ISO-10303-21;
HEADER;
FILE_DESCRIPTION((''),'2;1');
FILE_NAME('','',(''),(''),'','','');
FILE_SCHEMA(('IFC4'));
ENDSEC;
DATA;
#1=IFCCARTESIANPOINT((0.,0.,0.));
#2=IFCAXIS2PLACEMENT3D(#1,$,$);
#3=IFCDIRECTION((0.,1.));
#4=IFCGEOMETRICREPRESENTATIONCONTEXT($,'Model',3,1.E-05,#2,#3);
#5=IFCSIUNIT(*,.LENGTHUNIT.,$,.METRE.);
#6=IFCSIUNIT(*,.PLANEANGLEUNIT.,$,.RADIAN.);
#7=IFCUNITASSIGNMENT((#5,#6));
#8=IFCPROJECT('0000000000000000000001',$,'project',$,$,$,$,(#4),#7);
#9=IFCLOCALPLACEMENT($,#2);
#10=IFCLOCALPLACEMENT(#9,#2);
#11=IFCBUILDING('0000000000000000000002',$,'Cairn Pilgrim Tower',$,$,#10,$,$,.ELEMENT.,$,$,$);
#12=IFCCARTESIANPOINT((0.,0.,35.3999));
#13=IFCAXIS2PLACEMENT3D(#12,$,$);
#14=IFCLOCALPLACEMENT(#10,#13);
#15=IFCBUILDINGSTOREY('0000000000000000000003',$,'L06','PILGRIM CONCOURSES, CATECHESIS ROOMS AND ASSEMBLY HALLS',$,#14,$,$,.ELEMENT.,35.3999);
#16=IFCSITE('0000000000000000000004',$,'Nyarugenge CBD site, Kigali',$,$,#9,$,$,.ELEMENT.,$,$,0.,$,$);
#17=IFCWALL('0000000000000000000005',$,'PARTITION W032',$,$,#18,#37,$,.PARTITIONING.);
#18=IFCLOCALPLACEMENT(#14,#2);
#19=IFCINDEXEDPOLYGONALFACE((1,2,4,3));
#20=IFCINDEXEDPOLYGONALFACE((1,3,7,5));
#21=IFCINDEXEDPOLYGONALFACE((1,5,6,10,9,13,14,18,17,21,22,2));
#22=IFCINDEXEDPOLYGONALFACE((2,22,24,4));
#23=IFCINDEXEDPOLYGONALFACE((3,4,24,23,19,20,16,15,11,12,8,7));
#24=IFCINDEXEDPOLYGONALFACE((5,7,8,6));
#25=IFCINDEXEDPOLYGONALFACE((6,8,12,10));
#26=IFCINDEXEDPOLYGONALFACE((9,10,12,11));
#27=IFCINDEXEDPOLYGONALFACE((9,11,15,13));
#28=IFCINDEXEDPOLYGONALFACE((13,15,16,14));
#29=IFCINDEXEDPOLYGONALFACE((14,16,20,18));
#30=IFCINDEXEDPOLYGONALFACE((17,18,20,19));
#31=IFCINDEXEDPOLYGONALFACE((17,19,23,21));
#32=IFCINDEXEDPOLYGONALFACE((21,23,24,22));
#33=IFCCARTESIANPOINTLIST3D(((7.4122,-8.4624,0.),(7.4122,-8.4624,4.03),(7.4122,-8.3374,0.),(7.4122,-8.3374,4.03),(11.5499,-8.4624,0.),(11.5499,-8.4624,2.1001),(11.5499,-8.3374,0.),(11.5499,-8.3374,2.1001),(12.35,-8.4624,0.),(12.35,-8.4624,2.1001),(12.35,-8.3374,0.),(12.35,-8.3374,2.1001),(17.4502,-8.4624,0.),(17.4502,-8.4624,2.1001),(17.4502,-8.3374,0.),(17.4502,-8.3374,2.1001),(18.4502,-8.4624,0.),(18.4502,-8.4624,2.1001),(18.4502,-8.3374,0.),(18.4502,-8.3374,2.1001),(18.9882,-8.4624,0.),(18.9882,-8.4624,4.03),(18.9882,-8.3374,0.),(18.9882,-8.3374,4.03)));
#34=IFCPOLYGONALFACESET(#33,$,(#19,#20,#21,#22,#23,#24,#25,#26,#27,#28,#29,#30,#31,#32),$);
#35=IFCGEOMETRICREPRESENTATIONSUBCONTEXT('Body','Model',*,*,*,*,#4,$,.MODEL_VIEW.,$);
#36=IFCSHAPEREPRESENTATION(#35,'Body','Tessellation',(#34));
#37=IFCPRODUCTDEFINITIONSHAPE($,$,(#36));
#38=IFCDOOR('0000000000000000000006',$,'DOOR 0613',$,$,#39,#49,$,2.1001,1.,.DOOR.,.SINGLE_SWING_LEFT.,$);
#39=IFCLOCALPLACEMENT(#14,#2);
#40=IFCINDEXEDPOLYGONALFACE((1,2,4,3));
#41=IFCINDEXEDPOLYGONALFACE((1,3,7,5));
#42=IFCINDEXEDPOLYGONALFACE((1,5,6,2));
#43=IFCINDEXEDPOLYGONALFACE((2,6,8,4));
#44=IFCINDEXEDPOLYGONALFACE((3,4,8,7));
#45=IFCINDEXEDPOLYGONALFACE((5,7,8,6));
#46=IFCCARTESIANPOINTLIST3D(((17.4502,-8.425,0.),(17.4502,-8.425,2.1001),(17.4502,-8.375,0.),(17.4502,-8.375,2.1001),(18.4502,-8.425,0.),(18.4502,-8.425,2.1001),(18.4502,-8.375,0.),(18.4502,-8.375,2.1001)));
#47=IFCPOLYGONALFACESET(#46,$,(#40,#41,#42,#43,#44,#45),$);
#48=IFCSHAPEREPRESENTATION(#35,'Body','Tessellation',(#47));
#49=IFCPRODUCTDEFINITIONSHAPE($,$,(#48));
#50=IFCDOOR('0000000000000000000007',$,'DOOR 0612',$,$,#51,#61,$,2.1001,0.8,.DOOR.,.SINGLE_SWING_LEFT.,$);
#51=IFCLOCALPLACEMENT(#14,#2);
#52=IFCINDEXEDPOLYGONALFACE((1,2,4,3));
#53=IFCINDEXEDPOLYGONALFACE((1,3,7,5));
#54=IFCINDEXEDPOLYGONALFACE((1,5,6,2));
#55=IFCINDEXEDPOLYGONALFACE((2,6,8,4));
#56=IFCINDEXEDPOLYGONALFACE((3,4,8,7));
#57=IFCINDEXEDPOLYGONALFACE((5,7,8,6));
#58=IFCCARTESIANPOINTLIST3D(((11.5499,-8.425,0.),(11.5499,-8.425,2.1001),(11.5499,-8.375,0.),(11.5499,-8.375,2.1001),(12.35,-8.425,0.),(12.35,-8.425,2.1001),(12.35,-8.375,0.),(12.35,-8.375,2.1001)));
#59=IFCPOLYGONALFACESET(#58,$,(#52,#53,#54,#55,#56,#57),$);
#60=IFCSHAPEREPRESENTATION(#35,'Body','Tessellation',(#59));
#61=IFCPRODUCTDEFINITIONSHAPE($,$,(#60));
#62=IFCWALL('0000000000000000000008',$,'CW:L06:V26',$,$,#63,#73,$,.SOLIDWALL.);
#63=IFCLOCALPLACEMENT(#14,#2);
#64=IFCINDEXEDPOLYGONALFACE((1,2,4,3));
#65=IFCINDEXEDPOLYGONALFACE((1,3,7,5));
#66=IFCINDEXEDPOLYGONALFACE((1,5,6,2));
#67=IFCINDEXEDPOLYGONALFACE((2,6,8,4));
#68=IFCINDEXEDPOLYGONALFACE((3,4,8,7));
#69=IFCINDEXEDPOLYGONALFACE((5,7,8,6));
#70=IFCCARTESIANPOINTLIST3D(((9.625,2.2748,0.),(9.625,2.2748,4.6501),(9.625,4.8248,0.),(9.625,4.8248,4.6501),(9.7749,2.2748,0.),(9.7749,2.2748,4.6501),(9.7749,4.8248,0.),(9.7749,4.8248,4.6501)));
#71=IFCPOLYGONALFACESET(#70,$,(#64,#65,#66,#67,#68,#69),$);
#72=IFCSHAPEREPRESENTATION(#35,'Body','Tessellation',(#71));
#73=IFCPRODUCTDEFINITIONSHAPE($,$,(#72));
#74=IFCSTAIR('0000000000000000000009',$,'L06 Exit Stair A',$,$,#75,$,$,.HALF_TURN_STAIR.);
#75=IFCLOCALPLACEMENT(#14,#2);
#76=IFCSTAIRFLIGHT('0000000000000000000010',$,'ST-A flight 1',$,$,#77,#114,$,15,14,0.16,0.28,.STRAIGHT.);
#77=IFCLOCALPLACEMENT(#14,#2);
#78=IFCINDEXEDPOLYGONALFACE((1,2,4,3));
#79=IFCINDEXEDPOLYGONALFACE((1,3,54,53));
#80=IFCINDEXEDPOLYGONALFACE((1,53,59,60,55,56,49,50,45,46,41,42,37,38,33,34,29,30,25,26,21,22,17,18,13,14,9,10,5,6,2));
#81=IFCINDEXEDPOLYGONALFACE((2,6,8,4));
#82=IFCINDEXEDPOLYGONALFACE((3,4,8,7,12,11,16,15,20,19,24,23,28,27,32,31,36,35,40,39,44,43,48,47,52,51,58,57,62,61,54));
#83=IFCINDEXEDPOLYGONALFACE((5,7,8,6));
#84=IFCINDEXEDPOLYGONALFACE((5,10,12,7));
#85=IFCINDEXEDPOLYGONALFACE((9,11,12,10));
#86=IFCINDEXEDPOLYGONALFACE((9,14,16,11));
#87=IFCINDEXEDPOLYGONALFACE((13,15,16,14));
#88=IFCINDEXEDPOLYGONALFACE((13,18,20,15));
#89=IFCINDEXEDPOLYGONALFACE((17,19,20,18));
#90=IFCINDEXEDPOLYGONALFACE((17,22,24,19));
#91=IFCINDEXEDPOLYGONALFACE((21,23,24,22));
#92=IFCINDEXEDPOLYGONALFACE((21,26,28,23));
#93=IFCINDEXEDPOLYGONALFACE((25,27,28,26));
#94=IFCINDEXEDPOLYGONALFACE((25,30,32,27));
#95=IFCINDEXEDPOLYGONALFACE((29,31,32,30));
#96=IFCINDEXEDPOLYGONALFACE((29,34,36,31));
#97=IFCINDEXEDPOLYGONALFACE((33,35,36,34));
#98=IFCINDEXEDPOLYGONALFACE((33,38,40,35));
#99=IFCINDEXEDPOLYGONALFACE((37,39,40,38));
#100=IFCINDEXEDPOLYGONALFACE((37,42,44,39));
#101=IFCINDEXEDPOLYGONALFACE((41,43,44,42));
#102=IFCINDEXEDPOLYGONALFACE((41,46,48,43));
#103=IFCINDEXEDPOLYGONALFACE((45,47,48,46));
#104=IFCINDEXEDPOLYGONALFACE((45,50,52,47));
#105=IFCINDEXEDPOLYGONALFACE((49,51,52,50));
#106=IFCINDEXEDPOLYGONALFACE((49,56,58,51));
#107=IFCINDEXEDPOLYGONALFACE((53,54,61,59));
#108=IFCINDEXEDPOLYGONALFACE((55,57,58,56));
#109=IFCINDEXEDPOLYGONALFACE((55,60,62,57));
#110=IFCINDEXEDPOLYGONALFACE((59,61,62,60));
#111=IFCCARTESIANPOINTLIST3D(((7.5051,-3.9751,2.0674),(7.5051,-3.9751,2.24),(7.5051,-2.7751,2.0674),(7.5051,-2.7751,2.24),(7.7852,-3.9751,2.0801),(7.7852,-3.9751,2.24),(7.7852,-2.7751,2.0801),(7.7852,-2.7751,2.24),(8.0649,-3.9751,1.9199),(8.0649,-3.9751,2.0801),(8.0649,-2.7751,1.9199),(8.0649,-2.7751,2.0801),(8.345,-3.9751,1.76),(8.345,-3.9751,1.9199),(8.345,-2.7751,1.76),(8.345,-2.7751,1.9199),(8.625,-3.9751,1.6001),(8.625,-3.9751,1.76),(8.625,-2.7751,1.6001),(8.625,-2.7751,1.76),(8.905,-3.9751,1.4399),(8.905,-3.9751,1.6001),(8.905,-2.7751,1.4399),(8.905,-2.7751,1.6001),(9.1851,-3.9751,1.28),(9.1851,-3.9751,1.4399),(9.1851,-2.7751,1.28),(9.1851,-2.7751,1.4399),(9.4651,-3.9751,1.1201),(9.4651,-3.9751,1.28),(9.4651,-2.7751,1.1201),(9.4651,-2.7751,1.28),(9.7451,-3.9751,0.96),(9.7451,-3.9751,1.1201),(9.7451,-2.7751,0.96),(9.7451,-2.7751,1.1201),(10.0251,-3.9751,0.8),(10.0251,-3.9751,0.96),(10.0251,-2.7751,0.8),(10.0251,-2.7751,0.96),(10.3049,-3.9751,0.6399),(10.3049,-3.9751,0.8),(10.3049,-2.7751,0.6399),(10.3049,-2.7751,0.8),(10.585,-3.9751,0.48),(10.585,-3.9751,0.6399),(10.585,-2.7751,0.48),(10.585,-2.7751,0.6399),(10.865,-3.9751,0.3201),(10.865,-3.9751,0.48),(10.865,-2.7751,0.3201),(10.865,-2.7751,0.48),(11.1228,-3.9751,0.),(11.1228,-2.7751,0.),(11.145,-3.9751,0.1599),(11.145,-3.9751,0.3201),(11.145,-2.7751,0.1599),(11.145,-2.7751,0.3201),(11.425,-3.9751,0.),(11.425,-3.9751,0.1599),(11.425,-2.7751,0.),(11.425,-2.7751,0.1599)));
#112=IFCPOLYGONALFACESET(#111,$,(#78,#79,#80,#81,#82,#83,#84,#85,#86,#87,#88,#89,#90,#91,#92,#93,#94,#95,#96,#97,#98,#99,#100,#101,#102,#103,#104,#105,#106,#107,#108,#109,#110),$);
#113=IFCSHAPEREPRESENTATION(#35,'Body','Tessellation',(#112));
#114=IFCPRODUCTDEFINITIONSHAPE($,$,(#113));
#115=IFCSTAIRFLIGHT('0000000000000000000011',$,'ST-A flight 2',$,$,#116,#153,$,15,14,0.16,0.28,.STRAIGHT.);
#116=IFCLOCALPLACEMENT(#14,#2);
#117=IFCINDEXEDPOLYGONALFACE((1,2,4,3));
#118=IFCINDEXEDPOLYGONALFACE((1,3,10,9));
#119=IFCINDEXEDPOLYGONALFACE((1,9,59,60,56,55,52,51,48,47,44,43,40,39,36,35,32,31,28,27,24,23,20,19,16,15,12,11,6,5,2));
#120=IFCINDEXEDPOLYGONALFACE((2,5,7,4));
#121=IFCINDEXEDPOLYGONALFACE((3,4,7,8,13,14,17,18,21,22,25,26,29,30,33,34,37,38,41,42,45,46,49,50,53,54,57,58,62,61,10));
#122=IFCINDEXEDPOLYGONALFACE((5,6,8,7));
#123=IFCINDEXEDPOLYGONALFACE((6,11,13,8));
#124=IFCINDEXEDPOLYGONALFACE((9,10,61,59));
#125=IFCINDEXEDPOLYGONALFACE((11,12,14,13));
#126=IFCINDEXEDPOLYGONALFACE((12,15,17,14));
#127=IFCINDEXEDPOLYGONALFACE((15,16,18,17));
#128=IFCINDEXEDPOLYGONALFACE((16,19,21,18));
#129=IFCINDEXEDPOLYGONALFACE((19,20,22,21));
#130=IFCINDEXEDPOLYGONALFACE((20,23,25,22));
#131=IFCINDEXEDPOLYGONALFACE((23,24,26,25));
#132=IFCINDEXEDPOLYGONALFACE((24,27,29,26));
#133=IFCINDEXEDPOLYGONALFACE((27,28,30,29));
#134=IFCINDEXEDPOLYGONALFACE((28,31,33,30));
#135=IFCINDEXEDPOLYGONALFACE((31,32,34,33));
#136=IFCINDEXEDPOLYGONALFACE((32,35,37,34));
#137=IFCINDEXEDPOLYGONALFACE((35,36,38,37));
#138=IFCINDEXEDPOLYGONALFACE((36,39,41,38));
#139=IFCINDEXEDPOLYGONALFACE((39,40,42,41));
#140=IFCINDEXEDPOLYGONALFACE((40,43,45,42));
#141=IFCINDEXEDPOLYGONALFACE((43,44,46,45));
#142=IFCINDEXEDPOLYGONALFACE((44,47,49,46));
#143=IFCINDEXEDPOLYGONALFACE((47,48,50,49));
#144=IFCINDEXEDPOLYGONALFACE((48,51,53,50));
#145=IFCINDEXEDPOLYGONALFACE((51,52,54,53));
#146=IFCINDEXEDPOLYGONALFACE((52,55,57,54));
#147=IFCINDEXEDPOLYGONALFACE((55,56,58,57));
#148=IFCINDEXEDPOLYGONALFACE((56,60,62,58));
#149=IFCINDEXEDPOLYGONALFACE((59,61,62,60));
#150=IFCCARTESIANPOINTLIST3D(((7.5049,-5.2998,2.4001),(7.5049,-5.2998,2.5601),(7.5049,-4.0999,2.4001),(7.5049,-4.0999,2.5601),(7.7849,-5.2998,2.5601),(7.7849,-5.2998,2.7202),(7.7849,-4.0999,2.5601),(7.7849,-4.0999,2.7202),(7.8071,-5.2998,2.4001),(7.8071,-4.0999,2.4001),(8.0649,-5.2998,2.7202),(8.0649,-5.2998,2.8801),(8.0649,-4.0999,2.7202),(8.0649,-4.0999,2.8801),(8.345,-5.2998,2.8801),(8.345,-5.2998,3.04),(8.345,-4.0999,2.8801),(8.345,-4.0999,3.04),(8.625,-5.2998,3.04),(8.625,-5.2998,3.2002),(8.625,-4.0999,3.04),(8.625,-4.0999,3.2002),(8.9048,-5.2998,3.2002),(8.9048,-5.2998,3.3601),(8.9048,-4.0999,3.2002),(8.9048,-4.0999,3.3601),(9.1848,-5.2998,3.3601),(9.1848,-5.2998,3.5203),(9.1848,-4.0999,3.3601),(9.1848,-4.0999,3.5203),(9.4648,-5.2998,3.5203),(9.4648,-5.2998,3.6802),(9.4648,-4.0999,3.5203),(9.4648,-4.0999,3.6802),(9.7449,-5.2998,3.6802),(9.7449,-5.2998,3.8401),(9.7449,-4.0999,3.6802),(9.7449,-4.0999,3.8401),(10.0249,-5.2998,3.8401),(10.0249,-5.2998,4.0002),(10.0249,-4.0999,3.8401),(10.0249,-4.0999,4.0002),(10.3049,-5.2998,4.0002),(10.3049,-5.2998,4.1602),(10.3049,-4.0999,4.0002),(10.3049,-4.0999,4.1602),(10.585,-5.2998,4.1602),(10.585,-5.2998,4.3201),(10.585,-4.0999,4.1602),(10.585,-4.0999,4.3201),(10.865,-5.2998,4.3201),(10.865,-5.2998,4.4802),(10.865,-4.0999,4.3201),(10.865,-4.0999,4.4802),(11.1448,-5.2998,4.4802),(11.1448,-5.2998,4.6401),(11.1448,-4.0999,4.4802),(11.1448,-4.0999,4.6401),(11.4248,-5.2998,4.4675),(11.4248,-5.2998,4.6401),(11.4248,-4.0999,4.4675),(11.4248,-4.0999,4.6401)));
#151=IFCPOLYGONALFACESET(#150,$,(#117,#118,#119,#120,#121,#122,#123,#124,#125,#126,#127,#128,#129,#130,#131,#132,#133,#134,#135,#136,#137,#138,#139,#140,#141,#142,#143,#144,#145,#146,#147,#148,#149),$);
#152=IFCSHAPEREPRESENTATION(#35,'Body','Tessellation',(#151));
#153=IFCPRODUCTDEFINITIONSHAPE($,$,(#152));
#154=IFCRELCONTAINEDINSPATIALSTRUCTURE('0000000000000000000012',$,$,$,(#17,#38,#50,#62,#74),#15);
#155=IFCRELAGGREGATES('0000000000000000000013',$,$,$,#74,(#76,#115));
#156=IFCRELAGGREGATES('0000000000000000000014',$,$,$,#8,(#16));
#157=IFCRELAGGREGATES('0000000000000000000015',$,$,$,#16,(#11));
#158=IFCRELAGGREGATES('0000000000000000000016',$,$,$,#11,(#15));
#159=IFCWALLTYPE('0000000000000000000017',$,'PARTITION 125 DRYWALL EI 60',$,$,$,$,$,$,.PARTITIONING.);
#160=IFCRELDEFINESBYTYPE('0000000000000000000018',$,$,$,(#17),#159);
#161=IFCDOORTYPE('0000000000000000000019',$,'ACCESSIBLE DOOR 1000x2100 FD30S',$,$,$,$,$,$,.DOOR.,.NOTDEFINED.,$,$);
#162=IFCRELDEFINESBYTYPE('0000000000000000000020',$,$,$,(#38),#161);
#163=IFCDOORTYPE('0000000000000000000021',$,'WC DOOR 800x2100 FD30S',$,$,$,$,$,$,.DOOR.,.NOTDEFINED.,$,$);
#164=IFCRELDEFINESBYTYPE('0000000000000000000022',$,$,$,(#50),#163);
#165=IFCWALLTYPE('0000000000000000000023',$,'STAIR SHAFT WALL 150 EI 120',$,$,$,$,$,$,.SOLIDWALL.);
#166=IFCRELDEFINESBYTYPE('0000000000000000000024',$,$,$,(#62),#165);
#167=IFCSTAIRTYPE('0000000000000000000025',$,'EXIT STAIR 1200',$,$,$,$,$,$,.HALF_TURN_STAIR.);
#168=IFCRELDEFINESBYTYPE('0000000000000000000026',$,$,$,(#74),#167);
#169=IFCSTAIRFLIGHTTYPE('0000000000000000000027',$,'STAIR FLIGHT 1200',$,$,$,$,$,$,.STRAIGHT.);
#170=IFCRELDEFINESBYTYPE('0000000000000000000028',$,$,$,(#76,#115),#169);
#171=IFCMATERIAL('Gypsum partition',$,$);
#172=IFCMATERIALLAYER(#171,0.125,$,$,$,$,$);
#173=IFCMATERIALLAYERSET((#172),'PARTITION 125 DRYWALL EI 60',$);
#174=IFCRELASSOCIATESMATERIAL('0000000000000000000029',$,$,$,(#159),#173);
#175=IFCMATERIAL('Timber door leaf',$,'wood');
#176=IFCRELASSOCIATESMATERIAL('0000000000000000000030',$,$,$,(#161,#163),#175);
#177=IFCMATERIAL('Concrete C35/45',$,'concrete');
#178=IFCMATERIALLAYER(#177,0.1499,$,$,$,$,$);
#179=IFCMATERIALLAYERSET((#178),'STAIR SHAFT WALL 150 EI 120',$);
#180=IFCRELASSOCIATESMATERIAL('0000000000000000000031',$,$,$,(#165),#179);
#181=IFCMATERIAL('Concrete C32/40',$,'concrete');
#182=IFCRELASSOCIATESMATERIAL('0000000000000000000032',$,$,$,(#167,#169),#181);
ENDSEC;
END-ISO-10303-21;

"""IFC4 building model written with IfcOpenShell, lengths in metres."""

from ifc_helpers import new_model, si_unit, direction, frame, frame_2d, origin, place, context, subcontext, project, spatial, polyline, rectangle, outline, extrude, material, layer, layer_set, type_object, element, fill, aggregate, save


model = new_model("IFC4")

# Units and contexts
model_context = context("Model", 3, precision=1e-05, world=origin(), true_north=direction((0.0, 1.0)))
body_context = subcontext(model_context, "Body", "Model", "MODEL_VIEW")
ifc_project = project(units=[si_unit("LENGTHUNIT", "METRE"), si_unit("PLANEANGLEUNIT", "RADIAN")], contexts=[model_context])

# Site, building, storey
site_placement = place(None, origin())
site = spatial("IfcSite", under=ifc_project, at=site_placement, Name="Nyarugenge CBD site, Kigali", CompositionType="ELEMENT", RefElevation=0.0)
building_placement = place(site_placement, origin())
building = spatial("IfcBuilding", under=site, at=building_placement, Name="Cairn Pilgrim Tower", CompositionType="ELEMENT")
storey_placement = place(building_placement, frame((0.0, 0.0, 35.3999)))
storey = spatial("IfcBuildingStorey", under=building, at=storey_placement, Name="L06", Description="PILGRIM CONCOURSES, CATECHESIS ROOMS AND ASSEMBLY HALLS", CompositionType="ELEMENT", Elevation=35.3999)

# Shared definitions
ifc_material_1 = material(Name="Concrete C32/40", Category="concrete")

# Wall, openings, doors
ifc_material_2 = material(Name="Gypsum partition")
ifc_layer_1 = layer(ifc_material_2, 0.125)
ifc_layer_set_1 = layer_set([ifc_layer_1], Name="PARTITION 125 DRYWALL EI 60")
wall_type_1 = type_object("IfcWallType", Name="PARTITION 125 DRYWALL EI 60", PredefinedType="PARTITIONING", material=ifc_layer_set_1)
wall_1_placement = place(storey_placement, frame((7.4121, -8.3999, 0.0), z_axis=(0.0, 0.0, 1.0), x_axis=(1.0, 0.0, 0.0)))
wall_1 = element("IfcWall", 1, at=wall_1_placement, inside=storey, type_object=wall_type_1, Name="PARTITION W032", PredefinedType="PARTITIONING", context=body_context, shape_type="SweptSolid", body=[
    extrude(rectangle(XDim=11.5759, YDim=0.125, at=frame_2d((5.7881, 0.0))), origin(), (0.0, 0.0, 1.0), 4.03),
])
opening_1_placement = place(wall_1_placement, frame((4.1379, 0.0, 0.0)))
opening_1 = element("IfcOpeningElement", 2, at=opening_1_placement, cuts=wall_1, PredefinedType="OPENING", context=body_context, shape_type="SweptSolid", body=[
    extrude(rectangle(XDim=0.8, YDim=2.1001, at=frame_2d((0.3999, 1.05))), frame((0.0, 0.0725, 0.0), z_axis=(0.0, -1.0, 0.0), x_axis=(1.0, 0.0, 0.0)), (0.0, 0.0, 1.0), 0.145),
])
opening_2_placement = place(wall_1_placement, frame((10.0381, 0.0, 0.0)))
opening_2 = element("IfcOpeningElement", 3, at=opening_2_placement, cuts=wall_1, PredefinedType="OPENING", context=body_context, shape_type="SweptSolid", body=[
    extrude(rectangle(XDim=1.0, YDim=2.1001, at=frame_2d((0.5, 1.05))), frame((0.0, 0.0725, 0.0), z_axis=(0.0, -1.0, 0.0), x_axis=(1.0, 0.0, 0.0)), (0.0, 0.0, 1.0), 0.145),
])
ifc_material_3 = material(Name="Timber door leaf", Category="wood")
door_type_1 = type_object("IfcDoorType", Name="ACCESSIBLE DOOR 1000x2100 FD30S", OperationType="NOTDEFINED", PredefinedType="DOOR", material=ifc_material_3)
door_1_placement = place(opening_2_placement, origin())
door_1 = element("IfcDoor", 4, at=door_1_placement, inside=storey, type_object=door_type_1, Name="DOOR 0613", OperationType="SINGLE_SWING_LEFT", OverallHeight=2.1001, OverallWidth=1.0, PredefinedType="DOOR", context=body_context, shape_type="SweptSolid", body=[
    extrude(rectangle(XDim=1.0, YDim=2.1001, at=frame_2d((0.5, 1.05))), frame((0.0, 0.0249, 0.0), z_axis=(0.0, -1.0, 0.0), x_axis=(1.0, 0.0, 0.0)), (0.0, 0.0, 1.0), 0.05),
])
fill(opening_2, door_1)
door_type_2 = type_object("IfcDoorType", Name="WC DOOR 800x2100 FD30S", OperationType="NOTDEFINED", PredefinedType="DOOR", material=ifc_material_3)
door_2_placement = place(opening_1_placement, origin())
door_2 = element("IfcDoor", 5, at=door_2_placement, inside=storey, type_object=door_type_2, Name="DOOR 0612", OperationType="SINGLE_SWING_LEFT", OverallHeight=2.1001, OverallWidth=0.8, PredefinedType="DOOR", context=body_context, shape_type="SweptSolid", body=[
    extrude(rectangle(XDim=0.8, YDim=2.1001, at=frame_2d((0.3999, 1.05))), frame((0.0, 0.0249, 0.0), z_axis=(0.0, -1.0, 0.0), x_axis=(1.0, 0.0, 0.0)), (0.0, 0.0, 1.0), 0.05),
])
fill(opening_1, door_2)

# Wall
ifc_material_4 = material(Name="Concrete C35/45", Category="concrete")
ifc_layer_2 = layer(ifc_material_4, 0.1499)
ifc_layer_set_2 = layer_set([ifc_layer_2], Name="STAIR SHAFT WALL 150 EI 120")
wall_type_2 = type_object("IfcWallType", Name="STAIR SHAFT WALL 150 EI 120", PredefinedType="SOLIDWALL", material=ifc_layer_set_2)
wall_2_placement = place(storey_placement, frame((9.7, 2.2749, 0.0), z_axis=(0.0, 0.0, 1.0), x_axis=(0.0, 1.0, 0.0)))
element("IfcWall", 6, at=wall_2_placement, inside=storey, type_object=wall_type_2, Name="CW:L06:V26", PredefinedType="SOLIDWALL", context=body_context, shape_type="SweptSolid", body=[
    extrude(rectangle(XDim=2.55, YDim=0.1499, at=frame_2d((1.2749, 0.0))), origin(), (0.0, 0.0, 1.0), 4.6501),
])

# Stair, stair flights
stair_type = type_object("IfcStairType", Name="EXIT STAIR 1200", PredefinedType="HALF_TURN_STAIR", material=ifc_material_1)
stair_placement = place(storey_placement, origin())
stair = element("IfcStair", 7, at=stair_placement, inside=storey, type_object=stair_type, Name="L06 Exit Stair A", PredefinedType="HALF_TURN_STAIR")
stair_flight_type = type_object("IfcStairFlightType", Name="STAIR FLIGHT 1200", PredefinedType="STRAIGHT", material=ifc_material_1)
stair_flight_1_placement = place(storey_placement, frame((11.425, -3.375, 0.0), z_axis=(0.0, 0.0, 1.0), x_axis=(-1.0, 0.0, 0.0)))
stair_flight_1 = element("IfcStairFlight", 8, at=stair_flight_1_placement, type_object=stair_flight_type, Name="ST-A flight 1", NumberOfRisers=15, NumberOfTreads=14, PredefinedType="STRAIGHT", RiserHeight=0.16, TreadLength=0.28, context=body_context, shape_type="SweptSolid", body=[
    extrude(outline(polyline([(0.0, 0.0), (0.0, 0.1599), (0.28, 0.1599), (0.28, 0.3201), (0.5601, 0.3201), (0.5601, 0.48), (0.8401, 0.48), (0.8401, 0.6399), (1.1201, 0.6399), (1.1201, 0.8), (1.3999, 0.8), (1.3999, 0.96), (1.6799, 0.96), (1.6799, 1.1201), (1.96, 1.1201), (1.96, 1.28), (2.24, 1.28), (2.24, 1.4399), (2.52, 1.4399), (2.52, 1.6001), (2.8, 1.6001), (2.8, 1.76), (3.0801, 1.76), (3.0801, 1.9199), (3.3601, 1.9199), (3.3601, 2.0801), (3.6399, 2.0801), (3.6399, 2.24), (3.9199, 2.24), (3.9199, 2.3999), (3.9199, 2.0674), (0.3022, 0.0), (0.0, 0.0)])), frame((0.0, 0.6001, 0.0), z_axis=(0.0, -1.0, 0.0), x_axis=(1.0, 0.0, 0.0)), (0.0, 0.0, 1.0), 1.2),
])
stair_flight_2_placement = place(storey_placement, frame((7.5049, -4.7, 2.4001), z_axis=(0.0, 0.0, 1.0), x_axis=(1.0, 0.0, 0.0)))
stair_flight_2 = element("IfcStairFlight", 9, at=stair_flight_2_placement, type_object=stair_flight_type, Name="ST-A flight 2", NumberOfRisers=15, NumberOfTreads=14, PredefinedType="STRAIGHT", RiserHeight=0.16, TreadLength=0.28, context=body_context, shape_type="SweptSolid", body=[
    extrude(outline(polyline([(0.0, 0.0), (0.0, 0.1599), (0.28, 0.1599), (0.28, 0.3201), (0.5601, 0.3201), (0.5601, 0.48), (0.8401, 0.48), (0.8401, 0.6399), (1.1201, 0.6399), (1.1201, 0.8), (1.3999, 0.8), (1.3999, 0.96), (1.6799, 0.96), (1.6799, 1.1201), (1.96, 1.1201), (1.96, 1.28), (2.24, 1.28), (2.24, 1.4399), (2.52, 1.4399), (2.52, 1.6001), (2.8, 1.6001), (2.8, 1.76), (3.0801, 1.76), (3.0801, 1.9199), (3.3601, 1.9199), (3.3601, 2.0801), (3.6399, 2.0801), (3.6399, 2.24), (3.9199, 2.24), (3.9199, 2.3999), (3.9199, 2.0674), (0.3022, 0.0), (0.0, 0.0)])), frame((0.0, 0.6001, 0.0), z_axis=(0.0, -1.0, 0.0), x_axis=(1.0, 0.0, 0.0)), (0.0, 0.0, 1.0), 1.2),
])
aggregate(stair, [stair_flight_1, stair_flight_2])

save(model, "model.ifc")
